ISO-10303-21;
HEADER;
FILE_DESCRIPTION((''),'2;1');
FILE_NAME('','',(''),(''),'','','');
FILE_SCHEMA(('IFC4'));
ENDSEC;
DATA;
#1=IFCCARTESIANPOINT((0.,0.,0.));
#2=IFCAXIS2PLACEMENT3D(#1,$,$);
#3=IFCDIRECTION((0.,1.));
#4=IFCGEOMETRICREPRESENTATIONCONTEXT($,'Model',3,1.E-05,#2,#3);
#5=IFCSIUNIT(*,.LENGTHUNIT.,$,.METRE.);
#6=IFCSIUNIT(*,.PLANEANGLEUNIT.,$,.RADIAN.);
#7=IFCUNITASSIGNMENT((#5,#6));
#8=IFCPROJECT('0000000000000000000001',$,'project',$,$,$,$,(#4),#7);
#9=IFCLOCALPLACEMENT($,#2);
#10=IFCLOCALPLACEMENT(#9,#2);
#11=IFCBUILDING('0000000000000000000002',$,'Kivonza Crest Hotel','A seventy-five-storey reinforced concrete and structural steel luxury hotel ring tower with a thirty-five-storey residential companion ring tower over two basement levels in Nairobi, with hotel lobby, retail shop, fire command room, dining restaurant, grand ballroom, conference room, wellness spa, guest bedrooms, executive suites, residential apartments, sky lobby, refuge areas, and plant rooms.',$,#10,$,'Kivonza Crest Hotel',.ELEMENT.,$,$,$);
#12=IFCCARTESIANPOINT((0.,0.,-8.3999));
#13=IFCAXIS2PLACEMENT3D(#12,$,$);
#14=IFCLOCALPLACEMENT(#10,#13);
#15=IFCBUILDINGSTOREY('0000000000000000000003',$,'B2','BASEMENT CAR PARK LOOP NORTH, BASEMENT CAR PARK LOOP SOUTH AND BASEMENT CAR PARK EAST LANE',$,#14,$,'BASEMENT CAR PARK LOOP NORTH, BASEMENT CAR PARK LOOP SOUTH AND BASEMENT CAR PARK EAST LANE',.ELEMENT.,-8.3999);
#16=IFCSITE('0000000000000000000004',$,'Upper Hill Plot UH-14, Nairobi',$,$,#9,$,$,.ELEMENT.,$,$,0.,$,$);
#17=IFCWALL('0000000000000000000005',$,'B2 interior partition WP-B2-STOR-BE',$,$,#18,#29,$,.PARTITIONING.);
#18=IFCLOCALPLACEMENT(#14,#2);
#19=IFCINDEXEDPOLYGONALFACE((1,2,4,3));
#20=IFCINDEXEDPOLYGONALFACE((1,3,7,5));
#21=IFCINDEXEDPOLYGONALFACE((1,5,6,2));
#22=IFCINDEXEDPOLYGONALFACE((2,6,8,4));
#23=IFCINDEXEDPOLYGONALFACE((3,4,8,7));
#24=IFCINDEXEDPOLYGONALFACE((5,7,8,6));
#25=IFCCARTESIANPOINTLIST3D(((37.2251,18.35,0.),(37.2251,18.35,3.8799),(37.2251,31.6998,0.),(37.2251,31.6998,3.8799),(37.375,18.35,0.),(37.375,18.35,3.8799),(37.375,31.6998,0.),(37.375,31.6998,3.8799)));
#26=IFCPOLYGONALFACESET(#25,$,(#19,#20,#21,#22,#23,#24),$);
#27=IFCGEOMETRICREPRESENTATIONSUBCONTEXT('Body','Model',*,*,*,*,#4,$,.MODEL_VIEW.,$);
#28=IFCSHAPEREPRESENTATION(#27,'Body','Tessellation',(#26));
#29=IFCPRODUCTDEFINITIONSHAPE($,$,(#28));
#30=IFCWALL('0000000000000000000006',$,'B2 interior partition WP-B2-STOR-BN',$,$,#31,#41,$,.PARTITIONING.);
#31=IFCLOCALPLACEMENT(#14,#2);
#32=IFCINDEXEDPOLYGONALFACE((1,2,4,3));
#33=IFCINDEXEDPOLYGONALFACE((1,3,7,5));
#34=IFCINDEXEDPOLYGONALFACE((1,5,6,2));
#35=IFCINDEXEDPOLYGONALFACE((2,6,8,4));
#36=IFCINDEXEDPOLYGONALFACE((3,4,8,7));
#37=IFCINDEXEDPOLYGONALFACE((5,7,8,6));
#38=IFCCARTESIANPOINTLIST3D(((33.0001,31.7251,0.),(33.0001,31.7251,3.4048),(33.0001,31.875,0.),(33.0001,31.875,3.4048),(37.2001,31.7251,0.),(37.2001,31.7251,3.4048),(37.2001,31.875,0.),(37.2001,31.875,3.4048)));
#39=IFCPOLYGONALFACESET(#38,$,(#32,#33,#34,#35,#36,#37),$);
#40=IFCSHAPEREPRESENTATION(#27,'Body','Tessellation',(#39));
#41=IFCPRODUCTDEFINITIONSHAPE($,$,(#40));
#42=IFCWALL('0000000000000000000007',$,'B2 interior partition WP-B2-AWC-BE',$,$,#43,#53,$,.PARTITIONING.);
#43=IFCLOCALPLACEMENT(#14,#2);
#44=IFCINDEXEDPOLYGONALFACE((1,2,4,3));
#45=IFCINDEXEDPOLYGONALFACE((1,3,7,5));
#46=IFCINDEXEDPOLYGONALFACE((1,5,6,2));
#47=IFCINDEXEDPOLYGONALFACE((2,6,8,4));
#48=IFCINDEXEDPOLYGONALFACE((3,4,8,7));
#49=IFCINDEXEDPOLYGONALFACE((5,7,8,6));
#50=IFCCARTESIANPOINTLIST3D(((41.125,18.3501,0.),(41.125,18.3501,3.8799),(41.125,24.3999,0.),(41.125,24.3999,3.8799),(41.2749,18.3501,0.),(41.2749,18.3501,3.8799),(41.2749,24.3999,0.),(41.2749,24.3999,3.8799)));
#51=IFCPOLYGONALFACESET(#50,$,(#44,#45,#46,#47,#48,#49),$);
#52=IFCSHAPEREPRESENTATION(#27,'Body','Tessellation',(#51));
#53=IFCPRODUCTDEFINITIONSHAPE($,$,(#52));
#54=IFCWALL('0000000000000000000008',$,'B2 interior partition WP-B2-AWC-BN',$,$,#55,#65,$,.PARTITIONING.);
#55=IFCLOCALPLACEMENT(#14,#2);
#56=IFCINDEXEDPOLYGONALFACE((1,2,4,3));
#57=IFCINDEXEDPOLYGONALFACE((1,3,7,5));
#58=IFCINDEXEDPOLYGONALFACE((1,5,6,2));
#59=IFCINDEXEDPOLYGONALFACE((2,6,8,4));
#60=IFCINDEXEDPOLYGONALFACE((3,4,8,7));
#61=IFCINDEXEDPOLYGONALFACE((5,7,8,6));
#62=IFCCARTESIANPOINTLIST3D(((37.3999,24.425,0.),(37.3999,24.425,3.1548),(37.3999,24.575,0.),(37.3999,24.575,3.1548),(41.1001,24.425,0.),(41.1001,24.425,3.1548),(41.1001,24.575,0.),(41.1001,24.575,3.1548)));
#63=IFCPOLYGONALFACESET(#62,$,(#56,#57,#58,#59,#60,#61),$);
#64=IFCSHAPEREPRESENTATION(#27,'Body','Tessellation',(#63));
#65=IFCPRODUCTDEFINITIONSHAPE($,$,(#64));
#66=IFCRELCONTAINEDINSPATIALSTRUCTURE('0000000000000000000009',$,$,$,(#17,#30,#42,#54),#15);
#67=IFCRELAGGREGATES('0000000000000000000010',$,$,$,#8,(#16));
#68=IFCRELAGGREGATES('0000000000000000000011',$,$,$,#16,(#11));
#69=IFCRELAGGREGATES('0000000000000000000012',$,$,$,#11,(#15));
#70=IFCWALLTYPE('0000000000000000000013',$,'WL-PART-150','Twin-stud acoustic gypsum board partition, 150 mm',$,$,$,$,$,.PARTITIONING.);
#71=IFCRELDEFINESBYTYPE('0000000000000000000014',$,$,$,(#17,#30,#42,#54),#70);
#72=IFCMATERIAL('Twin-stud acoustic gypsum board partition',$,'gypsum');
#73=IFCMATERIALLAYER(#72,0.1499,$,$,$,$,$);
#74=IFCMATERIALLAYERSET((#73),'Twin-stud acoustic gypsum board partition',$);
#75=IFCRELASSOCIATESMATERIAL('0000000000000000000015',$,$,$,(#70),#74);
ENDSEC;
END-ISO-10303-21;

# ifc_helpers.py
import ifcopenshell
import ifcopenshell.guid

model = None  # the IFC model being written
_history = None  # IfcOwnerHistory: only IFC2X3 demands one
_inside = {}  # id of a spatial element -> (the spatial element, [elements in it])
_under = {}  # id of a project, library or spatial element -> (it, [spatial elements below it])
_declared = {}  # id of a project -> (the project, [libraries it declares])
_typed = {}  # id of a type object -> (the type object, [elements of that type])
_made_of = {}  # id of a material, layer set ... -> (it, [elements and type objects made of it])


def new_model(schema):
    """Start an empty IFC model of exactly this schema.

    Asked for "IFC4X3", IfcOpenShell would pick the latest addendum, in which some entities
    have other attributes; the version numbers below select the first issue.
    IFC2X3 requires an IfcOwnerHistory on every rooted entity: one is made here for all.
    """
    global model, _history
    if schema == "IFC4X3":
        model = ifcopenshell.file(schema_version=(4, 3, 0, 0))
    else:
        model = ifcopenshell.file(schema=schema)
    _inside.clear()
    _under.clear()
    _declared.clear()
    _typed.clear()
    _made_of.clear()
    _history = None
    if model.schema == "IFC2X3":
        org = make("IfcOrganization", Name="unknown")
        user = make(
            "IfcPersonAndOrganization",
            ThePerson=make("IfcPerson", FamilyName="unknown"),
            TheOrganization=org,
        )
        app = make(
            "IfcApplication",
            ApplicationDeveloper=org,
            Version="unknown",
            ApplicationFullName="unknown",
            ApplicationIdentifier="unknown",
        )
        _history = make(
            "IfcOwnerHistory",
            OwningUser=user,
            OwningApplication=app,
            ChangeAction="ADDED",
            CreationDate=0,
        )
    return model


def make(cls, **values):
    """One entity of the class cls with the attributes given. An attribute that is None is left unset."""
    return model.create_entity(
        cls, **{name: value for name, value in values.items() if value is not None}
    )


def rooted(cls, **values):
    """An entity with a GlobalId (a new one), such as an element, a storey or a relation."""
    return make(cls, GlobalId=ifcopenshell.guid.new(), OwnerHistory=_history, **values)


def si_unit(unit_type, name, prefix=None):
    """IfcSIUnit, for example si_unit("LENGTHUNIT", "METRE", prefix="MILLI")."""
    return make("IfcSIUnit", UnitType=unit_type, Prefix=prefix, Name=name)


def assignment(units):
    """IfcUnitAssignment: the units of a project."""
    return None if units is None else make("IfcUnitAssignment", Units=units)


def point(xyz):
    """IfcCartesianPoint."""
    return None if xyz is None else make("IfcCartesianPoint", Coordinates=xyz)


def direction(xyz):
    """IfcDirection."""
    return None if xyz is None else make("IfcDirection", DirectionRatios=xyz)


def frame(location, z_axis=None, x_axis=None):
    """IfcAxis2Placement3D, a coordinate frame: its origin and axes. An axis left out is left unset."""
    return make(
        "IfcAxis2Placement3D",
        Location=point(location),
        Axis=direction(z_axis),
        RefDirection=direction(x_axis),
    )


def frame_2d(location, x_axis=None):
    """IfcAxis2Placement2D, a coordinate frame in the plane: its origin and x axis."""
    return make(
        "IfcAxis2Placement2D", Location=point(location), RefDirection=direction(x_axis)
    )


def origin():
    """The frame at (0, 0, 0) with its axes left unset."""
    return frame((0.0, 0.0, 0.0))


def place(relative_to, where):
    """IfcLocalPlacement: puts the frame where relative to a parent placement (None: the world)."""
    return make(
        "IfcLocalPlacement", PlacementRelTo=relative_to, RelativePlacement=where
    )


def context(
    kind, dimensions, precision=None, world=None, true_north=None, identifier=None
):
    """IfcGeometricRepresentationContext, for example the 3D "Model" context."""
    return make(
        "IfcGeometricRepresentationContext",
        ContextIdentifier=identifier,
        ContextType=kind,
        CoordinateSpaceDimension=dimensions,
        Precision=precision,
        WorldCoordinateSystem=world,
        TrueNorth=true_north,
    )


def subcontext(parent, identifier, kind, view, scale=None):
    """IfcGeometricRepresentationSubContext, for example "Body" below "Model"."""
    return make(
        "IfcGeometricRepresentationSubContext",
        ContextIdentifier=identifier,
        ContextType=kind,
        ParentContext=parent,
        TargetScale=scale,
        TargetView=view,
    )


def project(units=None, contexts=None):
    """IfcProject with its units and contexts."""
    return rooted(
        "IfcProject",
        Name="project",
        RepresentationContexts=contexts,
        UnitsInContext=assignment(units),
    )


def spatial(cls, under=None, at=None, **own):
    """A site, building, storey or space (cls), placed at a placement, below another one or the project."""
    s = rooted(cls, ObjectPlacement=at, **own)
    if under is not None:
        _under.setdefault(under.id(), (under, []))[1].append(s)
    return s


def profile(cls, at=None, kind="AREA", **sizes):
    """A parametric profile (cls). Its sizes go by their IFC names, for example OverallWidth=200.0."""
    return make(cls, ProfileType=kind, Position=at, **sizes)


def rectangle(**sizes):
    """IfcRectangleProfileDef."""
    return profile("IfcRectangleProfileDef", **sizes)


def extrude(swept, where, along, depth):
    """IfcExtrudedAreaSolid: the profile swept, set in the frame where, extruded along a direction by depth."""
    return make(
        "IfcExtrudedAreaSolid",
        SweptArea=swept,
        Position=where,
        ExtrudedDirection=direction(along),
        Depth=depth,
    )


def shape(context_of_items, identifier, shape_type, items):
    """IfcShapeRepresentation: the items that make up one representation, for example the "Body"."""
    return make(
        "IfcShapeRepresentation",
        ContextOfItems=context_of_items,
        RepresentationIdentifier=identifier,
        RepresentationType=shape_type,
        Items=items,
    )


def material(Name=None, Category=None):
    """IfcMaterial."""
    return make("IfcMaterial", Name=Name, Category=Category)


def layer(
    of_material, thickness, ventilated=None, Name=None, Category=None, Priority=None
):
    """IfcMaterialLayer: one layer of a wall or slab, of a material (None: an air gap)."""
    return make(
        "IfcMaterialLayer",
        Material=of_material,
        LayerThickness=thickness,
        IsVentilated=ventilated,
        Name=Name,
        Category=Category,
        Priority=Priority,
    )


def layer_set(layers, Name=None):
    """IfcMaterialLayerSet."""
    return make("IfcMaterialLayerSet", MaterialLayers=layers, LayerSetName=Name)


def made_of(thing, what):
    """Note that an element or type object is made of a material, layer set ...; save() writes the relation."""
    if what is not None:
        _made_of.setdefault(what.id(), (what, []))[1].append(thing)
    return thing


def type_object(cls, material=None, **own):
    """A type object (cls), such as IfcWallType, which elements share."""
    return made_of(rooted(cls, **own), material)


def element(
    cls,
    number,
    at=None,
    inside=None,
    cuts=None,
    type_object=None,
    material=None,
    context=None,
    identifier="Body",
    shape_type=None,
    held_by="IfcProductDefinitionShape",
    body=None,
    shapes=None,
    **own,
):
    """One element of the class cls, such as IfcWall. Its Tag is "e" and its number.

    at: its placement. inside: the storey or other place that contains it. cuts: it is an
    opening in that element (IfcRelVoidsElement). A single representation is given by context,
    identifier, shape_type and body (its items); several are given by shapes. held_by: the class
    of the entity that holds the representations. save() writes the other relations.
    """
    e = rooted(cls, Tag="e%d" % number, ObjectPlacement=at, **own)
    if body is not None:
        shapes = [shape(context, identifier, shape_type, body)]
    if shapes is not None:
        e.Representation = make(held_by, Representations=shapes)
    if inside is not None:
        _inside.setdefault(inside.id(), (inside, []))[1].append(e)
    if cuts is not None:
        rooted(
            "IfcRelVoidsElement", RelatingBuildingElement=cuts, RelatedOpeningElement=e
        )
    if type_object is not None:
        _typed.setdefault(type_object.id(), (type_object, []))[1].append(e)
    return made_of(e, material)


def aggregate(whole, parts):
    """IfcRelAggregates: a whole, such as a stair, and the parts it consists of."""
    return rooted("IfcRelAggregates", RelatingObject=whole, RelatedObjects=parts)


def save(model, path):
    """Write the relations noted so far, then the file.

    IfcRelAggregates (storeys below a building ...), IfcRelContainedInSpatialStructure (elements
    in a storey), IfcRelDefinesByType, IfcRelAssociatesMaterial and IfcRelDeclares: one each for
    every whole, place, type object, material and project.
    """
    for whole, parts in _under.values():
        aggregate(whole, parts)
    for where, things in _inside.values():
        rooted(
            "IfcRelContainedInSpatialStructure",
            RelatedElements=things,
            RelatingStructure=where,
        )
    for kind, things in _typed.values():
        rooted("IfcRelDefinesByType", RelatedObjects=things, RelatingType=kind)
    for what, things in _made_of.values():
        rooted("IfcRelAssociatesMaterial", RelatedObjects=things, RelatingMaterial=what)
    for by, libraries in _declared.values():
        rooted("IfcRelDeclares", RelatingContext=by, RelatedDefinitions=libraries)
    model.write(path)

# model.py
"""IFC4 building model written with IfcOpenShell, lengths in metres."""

from ifc_helpers import new_model, si_unit, direction, frame, frame_2d, origin, place, context, subcontext, project, spatial, rectangle, extrude, material, layer, layer_set, type_object, element, save


model = new_model("IFC4")

# Units and contexts
model_context = context("Model", 3, precision=1e-05, world=origin(), true_north=direction((0.0, 1.0)))
body_context = subcontext(model_context, "Body", "Model", "MODEL_VIEW")
ifc_project = project(units=[si_unit("LENGTHUNIT", "METRE"), si_unit("PLANEANGLEUNIT", "RADIAN")], contexts=[model_context])

# Site, building, storey
site_placement = place(None, origin())
site = spatial("IfcSite", under=ifc_project, at=site_placement, Name="Upper Hill Plot UH-14, Nairobi", CompositionType="ELEMENT", RefElevation=0.0)
building_placement = place(site_placement, origin())
building = spatial("IfcBuilding", under=site, at=building_placement, Name="Kivonza Crest Hotel", Description="A seventy-five-storey reinforced concrete and structural steel luxury hotel ring tower with a thirty-five-storey residential companion ring tower over two basement levels in Nairobi, with hotel lobby, retail shop, fire command room, dining restaurant, grand ballroom, conference room, wellness spa, guest bedrooms, executive suites, residential apartments, sky lobby, refuge areas, and plant rooms.", LongName="Kivonza Crest Hotel", CompositionType="ELEMENT")
storey_placement = place(building_placement, frame((0.0, 0.0, -8.3999)))
storey = spatial("IfcBuildingStorey", under=building, at=storey_placement, Name="B2", Description="BASEMENT CAR PARK LOOP NORTH, BASEMENT CAR PARK LOOP SOUTH AND BASEMENT CAR PARK EAST LANE", LongName="BASEMENT CAR PARK LOOP NORTH, BASEMENT CAR PARK LOOP SOUTH AND BASEMENT CAR PARK EAST LANE", CompositionType="ELEMENT", Elevation=-8.3999)

# Walls
ifc_material_1 = material(Name="Twin-stud acoustic gypsum board partition", Category="gypsum")
ifc_layer_1 = layer(ifc_material_1, 0.1499)
ifc_layer_set_1 = layer_set([ifc_layer_1], Name="Twin-stud acoustic gypsum board partition")
wall_type_1 = type_object("IfcWallType", Name="WL-PART-150", Description="Twin-stud acoustic gypsum board partition, 150 mm", PredefinedType="PARTITIONING", material=ifc_layer_set_1)
wall_1_placement = place(storey_placement, frame((37.3, 18.3501, 0.0), z_axis=(0.0, 0.0, 1.0), x_axis=(0.0, 1.0, 0.0)))
element("IfcWall", 1, at=wall_1_placement, inside=storey, type_object=wall_type_1, Name="B2 interior partition WP-B2-STOR-BE", PredefinedType="PARTITIONING", context=body_context, shape_type="SweptSolid", body=[
    extrude(rectangle(XDim=13.3499, YDim=0.1499, at=frame_2d((6.6748, 0.0))), origin(), (0.0, 0.0, 1.0), 3.8799),
])
wall_2_placement = place(storey_placement, frame((33.0, 31.8, 0.0), z_axis=(0.0, 0.0, 1.0), x_axis=(1.0, 0.0, 0.0)))
element("IfcWall", 2, at=wall_2_placement, inside=storey, type_object=wall_type_1, Name="B2 interior partition WP-B2-STOR-BN", PredefinedType="PARTITIONING", context=body_context, shape_type="SweptSolid", body=[
    extrude(rectangle(XDim=4.2, YDim=0.1499, at=frame_2d((2.1001, 0.0))), origin(), (0.0, 0.0, 1.0), 3.4048),
])
wall_3_placement = place(storey_placement, frame((41.2, 18.3501, 0.0), z_axis=(0.0, 0.0, 1.0), x_axis=(0.0, 1.0, 0.0)))
element("IfcWall", 3, at=wall_3_placement, inside=storey, type_object=wall_type_1, Name="B2 interior partition WP-B2-AWC-BE", PredefinedType="PARTITIONING", context=body_context, shape_type="SweptSolid", body=[
    extrude(rectangle(XDim=6.0498, YDim=0.1499, at=frame_2d((3.0249, 0.0))), origin(), (0.0, 0.0, 1.0), 3.8799),
])
wall_4_placement = place(storey_placement, frame((37.3999, 24.5, 0.0), z_axis=(0.0, 0.0, 1.0), x_axis=(1.0, 0.0, 0.0)))
element("IfcWall", 4, at=wall_4_placement, inside=storey, type_object=wall_type_1, Name="B2 interior partition WP-B2-AWC-BN", PredefinedType="PARTITIONING", context=body_context, shape_type="SweptSolid", body=[
    extrude(rectangle(XDim=3.7002, YDim=0.1499, at=frame_2d((1.8501, 0.0))), origin(), (0.0, 0.0, 1.0), 3.1548),
])

save(model, "model.ifc")
